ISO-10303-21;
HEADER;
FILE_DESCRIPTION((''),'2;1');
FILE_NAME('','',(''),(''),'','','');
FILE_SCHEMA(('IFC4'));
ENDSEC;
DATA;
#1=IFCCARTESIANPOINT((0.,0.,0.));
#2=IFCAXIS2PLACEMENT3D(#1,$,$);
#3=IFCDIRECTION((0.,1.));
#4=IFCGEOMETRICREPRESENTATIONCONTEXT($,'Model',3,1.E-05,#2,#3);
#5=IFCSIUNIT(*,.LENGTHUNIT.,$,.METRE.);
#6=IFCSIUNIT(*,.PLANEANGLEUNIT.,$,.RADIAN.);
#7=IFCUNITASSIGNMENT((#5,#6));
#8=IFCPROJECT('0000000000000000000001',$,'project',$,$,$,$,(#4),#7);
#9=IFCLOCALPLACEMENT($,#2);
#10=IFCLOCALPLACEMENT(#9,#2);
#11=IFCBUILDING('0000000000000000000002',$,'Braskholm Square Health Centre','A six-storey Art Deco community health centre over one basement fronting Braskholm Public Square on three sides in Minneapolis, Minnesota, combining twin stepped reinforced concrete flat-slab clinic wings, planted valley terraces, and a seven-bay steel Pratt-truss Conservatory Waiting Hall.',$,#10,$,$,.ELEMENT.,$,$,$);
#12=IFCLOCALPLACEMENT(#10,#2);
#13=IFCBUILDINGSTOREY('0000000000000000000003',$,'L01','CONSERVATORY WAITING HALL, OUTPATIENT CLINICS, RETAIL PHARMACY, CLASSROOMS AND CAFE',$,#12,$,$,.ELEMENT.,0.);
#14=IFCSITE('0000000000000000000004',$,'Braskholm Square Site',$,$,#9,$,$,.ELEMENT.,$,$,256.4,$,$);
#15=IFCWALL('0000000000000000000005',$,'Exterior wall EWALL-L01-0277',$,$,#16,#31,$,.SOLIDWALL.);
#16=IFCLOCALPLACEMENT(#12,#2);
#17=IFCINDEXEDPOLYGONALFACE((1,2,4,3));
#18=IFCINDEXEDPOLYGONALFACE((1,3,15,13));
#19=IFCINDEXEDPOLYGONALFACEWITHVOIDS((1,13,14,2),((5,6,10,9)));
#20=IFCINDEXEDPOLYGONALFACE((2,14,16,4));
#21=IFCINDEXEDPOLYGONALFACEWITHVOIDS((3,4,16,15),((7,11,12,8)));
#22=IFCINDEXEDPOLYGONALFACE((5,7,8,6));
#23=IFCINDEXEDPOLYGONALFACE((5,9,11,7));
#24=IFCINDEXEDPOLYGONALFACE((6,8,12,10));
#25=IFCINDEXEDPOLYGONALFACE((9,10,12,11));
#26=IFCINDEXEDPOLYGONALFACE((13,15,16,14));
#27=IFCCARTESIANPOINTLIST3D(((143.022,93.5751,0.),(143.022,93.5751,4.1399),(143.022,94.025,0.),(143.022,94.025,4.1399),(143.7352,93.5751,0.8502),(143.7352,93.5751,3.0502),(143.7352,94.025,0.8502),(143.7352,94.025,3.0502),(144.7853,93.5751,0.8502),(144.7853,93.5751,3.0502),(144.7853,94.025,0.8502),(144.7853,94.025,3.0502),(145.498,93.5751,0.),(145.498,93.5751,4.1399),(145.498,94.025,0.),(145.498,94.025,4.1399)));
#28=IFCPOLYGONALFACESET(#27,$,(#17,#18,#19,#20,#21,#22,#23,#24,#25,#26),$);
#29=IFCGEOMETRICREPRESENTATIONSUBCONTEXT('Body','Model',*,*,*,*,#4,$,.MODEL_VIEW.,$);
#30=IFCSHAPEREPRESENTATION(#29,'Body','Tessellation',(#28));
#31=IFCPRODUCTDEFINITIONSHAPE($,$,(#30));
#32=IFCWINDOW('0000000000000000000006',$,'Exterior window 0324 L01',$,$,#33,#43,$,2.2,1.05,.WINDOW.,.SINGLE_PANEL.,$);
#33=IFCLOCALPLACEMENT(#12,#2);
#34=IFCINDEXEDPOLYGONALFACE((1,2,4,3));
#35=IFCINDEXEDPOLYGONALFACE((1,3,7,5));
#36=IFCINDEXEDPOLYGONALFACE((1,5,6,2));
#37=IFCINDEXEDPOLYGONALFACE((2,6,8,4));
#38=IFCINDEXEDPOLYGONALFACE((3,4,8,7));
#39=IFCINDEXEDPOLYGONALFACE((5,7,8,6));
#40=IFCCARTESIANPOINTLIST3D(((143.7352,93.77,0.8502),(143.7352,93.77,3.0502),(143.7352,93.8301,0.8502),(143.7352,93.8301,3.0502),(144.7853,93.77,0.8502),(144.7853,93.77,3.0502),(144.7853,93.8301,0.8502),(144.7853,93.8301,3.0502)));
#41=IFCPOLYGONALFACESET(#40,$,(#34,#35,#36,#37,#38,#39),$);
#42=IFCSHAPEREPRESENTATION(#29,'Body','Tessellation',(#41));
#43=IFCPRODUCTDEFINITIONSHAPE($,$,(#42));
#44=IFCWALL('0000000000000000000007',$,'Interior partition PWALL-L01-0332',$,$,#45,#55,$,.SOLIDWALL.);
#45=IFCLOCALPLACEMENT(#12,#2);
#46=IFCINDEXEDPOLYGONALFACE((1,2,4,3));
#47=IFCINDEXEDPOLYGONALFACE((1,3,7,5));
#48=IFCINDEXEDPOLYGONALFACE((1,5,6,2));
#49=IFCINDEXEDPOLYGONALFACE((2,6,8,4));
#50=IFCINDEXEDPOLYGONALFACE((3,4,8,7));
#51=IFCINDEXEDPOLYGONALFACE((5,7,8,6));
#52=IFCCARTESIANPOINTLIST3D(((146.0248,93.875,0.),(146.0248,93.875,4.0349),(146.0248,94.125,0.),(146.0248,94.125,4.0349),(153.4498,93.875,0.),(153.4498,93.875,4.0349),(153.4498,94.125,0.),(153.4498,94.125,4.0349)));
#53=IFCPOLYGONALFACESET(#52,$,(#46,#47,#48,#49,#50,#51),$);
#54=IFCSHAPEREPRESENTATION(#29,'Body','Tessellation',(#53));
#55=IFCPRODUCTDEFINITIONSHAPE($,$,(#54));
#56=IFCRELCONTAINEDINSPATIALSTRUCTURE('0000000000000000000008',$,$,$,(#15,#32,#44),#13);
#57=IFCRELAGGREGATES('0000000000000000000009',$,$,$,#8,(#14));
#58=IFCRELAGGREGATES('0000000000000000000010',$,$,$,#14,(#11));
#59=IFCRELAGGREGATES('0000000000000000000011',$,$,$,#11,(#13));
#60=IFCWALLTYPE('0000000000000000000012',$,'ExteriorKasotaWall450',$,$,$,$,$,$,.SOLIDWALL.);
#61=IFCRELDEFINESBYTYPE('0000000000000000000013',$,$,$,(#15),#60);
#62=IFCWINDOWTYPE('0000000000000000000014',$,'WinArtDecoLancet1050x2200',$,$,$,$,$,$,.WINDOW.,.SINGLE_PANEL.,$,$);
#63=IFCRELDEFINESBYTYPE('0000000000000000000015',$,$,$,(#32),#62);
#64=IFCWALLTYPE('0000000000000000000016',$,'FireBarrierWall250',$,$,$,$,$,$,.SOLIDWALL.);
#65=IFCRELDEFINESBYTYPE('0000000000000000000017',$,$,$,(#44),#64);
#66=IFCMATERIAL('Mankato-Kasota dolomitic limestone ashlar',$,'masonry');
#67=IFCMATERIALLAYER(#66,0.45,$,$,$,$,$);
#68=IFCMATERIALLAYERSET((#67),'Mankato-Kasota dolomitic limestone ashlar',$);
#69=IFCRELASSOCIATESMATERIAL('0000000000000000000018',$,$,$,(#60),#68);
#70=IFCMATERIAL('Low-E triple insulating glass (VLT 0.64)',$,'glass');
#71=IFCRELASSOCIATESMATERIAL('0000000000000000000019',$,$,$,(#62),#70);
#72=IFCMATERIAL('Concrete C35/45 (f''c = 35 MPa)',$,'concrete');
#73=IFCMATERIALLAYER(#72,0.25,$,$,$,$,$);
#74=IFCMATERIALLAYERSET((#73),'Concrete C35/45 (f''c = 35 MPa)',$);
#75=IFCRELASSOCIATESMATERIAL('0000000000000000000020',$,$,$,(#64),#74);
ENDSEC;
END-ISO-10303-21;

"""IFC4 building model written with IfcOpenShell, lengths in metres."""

from ifc_helpers import new_model, si_unit, direction, frame, frame_2d, origin, origin_with_axes, place, context, subcontext, project, spatial, rectangle, extrude, material, layer, layer_set, type_object, element, fill, save


model = new_model("IFC4")

# Units and contexts
model_context = context("Model", 3, precision=1e-05, world=origin(), true_north=direction((0.0, 1.0)))
body_context = subcontext(model_context, "Body", "Model", "MODEL_VIEW")
ifc_project = project(units=[si_unit("LENGTHUNIT", "METRE"), si_unit("PLANEANGLEUNIT", "RADIAN")], contexts=[model_context])

# Site, building, storey
site_placement = place(None, origin())
site = spatial("IfcSite", under=ifc_project, at=site_placement, Name="Braskholm Square Site", CompositionType="ELEMENT", RefElevation=256.4)
building_placement = place(site_placement, origin())
building = spatial("IfcBuilding", under=site, at=building_placement, Name="Braskholm Square Health Centre", Description="A six-storey Art Deco community health centre over one basement fronting Braskholm Public Square on three sides in Minneapolis, Minnesota, combining twin stepped reinforced concrete flat-slab clinic wings, planted valley terraces, and a seven-bay steel Pratt-truss Conservatory Waiting Hall.", CompositionType="ELEMENT")
storey_placement = place(building_placement, origin())
storey = spatial("IfcBuildingStorey", under=building, at=storey_placement, Name="L01", Description="CONSERVATORY WAITING HALL, OUTPATIENT CLINICS, RETAIL PHARMACY, CLASSROOMS AND CAFE", CompositionType="ELEMENT", Elevation=0.0)

# Shared definitions
ifc_material_1 = material(Name="Low-E triple insulating glass (VLT 0.64)", Category="glass")

# Wall, opening, window
ifc_material_2 = material(Name="Mankato-Kasota dolomitic limestone ashlar", Category="masonry")
ifc_layer_1 = layer(ifc_material_2, 0.45)
ifc_layer_set_1 = layer_set([ifc_layer_1], Name="Mankato-Kasota dolomitic limestone ashlar")
wall_type_1 = type_object("IfcWallType", Name="ExteriorKasotaWall450", PredefinedType="SOLIDWALL", material=ifc_layer_set_1)
window_type_1 = type_object("IfcWindowType", Name="WinArtDecoLancet1050x2200", PartitioningType="SINGLE_PANEL", PredefinedType="WINDOW", material=ifc_material_1)
wall_1_placement = place(storey_placement, frame((145.498, 93.8, 0.0), z_axis=(0.0, 0.0, 1.0), x_axis=(-1.0, 0.0, 0.0)))
wall_1 = element("IfcWall", 1, at=wall_1_placement, inside=storey, type_object=wall_type_1, Name="Exterior wall EWALL-L01-0277", PredefinedType="SOLIDWALL", context=body_context, shape_type="SweptSolid", body=[
    extrude(rectangle(XDim=2.4761, YDim=0.45, at=frame_2d((1.238, 0.0))), origin(), (0.0, 0.0, 1.0), 4.1399),
])
opening_1_placement = place(wall_1_placement, frame((0.7129, 0.0, 0.8501)))
opening_1 = element("IfcOpeningElement", 2, at=opening_1_placement, cuts=wall_1, PredefinedType="OPENING", context=body_context, shape_type="SweptSolid", body=[
    extrude(rectangle(XDim=1.05, YDim=2.2, at=frame_2d((0.5249, 1.1001))), frame((0.0, 0.2349, 0.0), z_axis=(0.0, -1.0, 0.0), x_axis=(1.0, 0.0, 0.0)), (0.0, 0.0, 1.0), 0.47),
])
window_1_placement = place(opening_1_placement, origin_with_axes())
window_1 = element("IfcWindow", 3, at=window_1_placement, inside=storey, type_object=window_type_1, Name="Exterior window 0324 L01", OverallHeight=2.2, OverallWidth=1.05, PartitioningType="SINGLE_PANEL", PredefinedType="WINDOW", context=body_context, shape_type="SweptSolid", body=[
    extrude(rectangle(XDim=1.05, YDim=2.2, at=frame_2d((0.5249, 1.1001))), frame((0.0, 0.03, 0.0), z_axis=(0.0, -1.0, 0.0), x_axis=(1.0, 0.0, 0.0)), (0.0, 0.0, 1.0), 0.0601),
])
fill(opening_1, window_1)

# Wall
ifc_material_3 = material(Name="Concrete C35/45 (f'c = 35 MPa)", Category="concrete")
ifc_layer_2 = layer(ifc_material_3, 0.25)
ifc_layer_set_2 = layer_set([ifc_layer_2], Name="Concrete C35/45 (f'c = 35 MPa)")
wall_type_2 = type_object("IfcWallType", Name="FireBarrierWall250", PredefinedType="SOLIDWALL", material=ifc_layer_set_2)
wall_2_placement = place(storey_placement, frame((146.0249, 94.0, 0.0), z_axis=(0.0, 0.0, 1.0), x_axis=(1.0, 0.0, 0.0)))
element("IfcWall", 4, at=wall_2_placement, inside=storey, type_object=wall_type_2, Name="Interior partition PWALL-L01-0332", PredefinedType="SOLIDWALL", context=body_context, shape_type="SweptSolid", body=[
    extrude(rectangle(XDim=7.425, YDim=0.25, at=frame_2d((3.7124, 0.0))), origin(), (0.0, 0.0, 1.0), 4.0349),
])

save(model, "model.ifc")
